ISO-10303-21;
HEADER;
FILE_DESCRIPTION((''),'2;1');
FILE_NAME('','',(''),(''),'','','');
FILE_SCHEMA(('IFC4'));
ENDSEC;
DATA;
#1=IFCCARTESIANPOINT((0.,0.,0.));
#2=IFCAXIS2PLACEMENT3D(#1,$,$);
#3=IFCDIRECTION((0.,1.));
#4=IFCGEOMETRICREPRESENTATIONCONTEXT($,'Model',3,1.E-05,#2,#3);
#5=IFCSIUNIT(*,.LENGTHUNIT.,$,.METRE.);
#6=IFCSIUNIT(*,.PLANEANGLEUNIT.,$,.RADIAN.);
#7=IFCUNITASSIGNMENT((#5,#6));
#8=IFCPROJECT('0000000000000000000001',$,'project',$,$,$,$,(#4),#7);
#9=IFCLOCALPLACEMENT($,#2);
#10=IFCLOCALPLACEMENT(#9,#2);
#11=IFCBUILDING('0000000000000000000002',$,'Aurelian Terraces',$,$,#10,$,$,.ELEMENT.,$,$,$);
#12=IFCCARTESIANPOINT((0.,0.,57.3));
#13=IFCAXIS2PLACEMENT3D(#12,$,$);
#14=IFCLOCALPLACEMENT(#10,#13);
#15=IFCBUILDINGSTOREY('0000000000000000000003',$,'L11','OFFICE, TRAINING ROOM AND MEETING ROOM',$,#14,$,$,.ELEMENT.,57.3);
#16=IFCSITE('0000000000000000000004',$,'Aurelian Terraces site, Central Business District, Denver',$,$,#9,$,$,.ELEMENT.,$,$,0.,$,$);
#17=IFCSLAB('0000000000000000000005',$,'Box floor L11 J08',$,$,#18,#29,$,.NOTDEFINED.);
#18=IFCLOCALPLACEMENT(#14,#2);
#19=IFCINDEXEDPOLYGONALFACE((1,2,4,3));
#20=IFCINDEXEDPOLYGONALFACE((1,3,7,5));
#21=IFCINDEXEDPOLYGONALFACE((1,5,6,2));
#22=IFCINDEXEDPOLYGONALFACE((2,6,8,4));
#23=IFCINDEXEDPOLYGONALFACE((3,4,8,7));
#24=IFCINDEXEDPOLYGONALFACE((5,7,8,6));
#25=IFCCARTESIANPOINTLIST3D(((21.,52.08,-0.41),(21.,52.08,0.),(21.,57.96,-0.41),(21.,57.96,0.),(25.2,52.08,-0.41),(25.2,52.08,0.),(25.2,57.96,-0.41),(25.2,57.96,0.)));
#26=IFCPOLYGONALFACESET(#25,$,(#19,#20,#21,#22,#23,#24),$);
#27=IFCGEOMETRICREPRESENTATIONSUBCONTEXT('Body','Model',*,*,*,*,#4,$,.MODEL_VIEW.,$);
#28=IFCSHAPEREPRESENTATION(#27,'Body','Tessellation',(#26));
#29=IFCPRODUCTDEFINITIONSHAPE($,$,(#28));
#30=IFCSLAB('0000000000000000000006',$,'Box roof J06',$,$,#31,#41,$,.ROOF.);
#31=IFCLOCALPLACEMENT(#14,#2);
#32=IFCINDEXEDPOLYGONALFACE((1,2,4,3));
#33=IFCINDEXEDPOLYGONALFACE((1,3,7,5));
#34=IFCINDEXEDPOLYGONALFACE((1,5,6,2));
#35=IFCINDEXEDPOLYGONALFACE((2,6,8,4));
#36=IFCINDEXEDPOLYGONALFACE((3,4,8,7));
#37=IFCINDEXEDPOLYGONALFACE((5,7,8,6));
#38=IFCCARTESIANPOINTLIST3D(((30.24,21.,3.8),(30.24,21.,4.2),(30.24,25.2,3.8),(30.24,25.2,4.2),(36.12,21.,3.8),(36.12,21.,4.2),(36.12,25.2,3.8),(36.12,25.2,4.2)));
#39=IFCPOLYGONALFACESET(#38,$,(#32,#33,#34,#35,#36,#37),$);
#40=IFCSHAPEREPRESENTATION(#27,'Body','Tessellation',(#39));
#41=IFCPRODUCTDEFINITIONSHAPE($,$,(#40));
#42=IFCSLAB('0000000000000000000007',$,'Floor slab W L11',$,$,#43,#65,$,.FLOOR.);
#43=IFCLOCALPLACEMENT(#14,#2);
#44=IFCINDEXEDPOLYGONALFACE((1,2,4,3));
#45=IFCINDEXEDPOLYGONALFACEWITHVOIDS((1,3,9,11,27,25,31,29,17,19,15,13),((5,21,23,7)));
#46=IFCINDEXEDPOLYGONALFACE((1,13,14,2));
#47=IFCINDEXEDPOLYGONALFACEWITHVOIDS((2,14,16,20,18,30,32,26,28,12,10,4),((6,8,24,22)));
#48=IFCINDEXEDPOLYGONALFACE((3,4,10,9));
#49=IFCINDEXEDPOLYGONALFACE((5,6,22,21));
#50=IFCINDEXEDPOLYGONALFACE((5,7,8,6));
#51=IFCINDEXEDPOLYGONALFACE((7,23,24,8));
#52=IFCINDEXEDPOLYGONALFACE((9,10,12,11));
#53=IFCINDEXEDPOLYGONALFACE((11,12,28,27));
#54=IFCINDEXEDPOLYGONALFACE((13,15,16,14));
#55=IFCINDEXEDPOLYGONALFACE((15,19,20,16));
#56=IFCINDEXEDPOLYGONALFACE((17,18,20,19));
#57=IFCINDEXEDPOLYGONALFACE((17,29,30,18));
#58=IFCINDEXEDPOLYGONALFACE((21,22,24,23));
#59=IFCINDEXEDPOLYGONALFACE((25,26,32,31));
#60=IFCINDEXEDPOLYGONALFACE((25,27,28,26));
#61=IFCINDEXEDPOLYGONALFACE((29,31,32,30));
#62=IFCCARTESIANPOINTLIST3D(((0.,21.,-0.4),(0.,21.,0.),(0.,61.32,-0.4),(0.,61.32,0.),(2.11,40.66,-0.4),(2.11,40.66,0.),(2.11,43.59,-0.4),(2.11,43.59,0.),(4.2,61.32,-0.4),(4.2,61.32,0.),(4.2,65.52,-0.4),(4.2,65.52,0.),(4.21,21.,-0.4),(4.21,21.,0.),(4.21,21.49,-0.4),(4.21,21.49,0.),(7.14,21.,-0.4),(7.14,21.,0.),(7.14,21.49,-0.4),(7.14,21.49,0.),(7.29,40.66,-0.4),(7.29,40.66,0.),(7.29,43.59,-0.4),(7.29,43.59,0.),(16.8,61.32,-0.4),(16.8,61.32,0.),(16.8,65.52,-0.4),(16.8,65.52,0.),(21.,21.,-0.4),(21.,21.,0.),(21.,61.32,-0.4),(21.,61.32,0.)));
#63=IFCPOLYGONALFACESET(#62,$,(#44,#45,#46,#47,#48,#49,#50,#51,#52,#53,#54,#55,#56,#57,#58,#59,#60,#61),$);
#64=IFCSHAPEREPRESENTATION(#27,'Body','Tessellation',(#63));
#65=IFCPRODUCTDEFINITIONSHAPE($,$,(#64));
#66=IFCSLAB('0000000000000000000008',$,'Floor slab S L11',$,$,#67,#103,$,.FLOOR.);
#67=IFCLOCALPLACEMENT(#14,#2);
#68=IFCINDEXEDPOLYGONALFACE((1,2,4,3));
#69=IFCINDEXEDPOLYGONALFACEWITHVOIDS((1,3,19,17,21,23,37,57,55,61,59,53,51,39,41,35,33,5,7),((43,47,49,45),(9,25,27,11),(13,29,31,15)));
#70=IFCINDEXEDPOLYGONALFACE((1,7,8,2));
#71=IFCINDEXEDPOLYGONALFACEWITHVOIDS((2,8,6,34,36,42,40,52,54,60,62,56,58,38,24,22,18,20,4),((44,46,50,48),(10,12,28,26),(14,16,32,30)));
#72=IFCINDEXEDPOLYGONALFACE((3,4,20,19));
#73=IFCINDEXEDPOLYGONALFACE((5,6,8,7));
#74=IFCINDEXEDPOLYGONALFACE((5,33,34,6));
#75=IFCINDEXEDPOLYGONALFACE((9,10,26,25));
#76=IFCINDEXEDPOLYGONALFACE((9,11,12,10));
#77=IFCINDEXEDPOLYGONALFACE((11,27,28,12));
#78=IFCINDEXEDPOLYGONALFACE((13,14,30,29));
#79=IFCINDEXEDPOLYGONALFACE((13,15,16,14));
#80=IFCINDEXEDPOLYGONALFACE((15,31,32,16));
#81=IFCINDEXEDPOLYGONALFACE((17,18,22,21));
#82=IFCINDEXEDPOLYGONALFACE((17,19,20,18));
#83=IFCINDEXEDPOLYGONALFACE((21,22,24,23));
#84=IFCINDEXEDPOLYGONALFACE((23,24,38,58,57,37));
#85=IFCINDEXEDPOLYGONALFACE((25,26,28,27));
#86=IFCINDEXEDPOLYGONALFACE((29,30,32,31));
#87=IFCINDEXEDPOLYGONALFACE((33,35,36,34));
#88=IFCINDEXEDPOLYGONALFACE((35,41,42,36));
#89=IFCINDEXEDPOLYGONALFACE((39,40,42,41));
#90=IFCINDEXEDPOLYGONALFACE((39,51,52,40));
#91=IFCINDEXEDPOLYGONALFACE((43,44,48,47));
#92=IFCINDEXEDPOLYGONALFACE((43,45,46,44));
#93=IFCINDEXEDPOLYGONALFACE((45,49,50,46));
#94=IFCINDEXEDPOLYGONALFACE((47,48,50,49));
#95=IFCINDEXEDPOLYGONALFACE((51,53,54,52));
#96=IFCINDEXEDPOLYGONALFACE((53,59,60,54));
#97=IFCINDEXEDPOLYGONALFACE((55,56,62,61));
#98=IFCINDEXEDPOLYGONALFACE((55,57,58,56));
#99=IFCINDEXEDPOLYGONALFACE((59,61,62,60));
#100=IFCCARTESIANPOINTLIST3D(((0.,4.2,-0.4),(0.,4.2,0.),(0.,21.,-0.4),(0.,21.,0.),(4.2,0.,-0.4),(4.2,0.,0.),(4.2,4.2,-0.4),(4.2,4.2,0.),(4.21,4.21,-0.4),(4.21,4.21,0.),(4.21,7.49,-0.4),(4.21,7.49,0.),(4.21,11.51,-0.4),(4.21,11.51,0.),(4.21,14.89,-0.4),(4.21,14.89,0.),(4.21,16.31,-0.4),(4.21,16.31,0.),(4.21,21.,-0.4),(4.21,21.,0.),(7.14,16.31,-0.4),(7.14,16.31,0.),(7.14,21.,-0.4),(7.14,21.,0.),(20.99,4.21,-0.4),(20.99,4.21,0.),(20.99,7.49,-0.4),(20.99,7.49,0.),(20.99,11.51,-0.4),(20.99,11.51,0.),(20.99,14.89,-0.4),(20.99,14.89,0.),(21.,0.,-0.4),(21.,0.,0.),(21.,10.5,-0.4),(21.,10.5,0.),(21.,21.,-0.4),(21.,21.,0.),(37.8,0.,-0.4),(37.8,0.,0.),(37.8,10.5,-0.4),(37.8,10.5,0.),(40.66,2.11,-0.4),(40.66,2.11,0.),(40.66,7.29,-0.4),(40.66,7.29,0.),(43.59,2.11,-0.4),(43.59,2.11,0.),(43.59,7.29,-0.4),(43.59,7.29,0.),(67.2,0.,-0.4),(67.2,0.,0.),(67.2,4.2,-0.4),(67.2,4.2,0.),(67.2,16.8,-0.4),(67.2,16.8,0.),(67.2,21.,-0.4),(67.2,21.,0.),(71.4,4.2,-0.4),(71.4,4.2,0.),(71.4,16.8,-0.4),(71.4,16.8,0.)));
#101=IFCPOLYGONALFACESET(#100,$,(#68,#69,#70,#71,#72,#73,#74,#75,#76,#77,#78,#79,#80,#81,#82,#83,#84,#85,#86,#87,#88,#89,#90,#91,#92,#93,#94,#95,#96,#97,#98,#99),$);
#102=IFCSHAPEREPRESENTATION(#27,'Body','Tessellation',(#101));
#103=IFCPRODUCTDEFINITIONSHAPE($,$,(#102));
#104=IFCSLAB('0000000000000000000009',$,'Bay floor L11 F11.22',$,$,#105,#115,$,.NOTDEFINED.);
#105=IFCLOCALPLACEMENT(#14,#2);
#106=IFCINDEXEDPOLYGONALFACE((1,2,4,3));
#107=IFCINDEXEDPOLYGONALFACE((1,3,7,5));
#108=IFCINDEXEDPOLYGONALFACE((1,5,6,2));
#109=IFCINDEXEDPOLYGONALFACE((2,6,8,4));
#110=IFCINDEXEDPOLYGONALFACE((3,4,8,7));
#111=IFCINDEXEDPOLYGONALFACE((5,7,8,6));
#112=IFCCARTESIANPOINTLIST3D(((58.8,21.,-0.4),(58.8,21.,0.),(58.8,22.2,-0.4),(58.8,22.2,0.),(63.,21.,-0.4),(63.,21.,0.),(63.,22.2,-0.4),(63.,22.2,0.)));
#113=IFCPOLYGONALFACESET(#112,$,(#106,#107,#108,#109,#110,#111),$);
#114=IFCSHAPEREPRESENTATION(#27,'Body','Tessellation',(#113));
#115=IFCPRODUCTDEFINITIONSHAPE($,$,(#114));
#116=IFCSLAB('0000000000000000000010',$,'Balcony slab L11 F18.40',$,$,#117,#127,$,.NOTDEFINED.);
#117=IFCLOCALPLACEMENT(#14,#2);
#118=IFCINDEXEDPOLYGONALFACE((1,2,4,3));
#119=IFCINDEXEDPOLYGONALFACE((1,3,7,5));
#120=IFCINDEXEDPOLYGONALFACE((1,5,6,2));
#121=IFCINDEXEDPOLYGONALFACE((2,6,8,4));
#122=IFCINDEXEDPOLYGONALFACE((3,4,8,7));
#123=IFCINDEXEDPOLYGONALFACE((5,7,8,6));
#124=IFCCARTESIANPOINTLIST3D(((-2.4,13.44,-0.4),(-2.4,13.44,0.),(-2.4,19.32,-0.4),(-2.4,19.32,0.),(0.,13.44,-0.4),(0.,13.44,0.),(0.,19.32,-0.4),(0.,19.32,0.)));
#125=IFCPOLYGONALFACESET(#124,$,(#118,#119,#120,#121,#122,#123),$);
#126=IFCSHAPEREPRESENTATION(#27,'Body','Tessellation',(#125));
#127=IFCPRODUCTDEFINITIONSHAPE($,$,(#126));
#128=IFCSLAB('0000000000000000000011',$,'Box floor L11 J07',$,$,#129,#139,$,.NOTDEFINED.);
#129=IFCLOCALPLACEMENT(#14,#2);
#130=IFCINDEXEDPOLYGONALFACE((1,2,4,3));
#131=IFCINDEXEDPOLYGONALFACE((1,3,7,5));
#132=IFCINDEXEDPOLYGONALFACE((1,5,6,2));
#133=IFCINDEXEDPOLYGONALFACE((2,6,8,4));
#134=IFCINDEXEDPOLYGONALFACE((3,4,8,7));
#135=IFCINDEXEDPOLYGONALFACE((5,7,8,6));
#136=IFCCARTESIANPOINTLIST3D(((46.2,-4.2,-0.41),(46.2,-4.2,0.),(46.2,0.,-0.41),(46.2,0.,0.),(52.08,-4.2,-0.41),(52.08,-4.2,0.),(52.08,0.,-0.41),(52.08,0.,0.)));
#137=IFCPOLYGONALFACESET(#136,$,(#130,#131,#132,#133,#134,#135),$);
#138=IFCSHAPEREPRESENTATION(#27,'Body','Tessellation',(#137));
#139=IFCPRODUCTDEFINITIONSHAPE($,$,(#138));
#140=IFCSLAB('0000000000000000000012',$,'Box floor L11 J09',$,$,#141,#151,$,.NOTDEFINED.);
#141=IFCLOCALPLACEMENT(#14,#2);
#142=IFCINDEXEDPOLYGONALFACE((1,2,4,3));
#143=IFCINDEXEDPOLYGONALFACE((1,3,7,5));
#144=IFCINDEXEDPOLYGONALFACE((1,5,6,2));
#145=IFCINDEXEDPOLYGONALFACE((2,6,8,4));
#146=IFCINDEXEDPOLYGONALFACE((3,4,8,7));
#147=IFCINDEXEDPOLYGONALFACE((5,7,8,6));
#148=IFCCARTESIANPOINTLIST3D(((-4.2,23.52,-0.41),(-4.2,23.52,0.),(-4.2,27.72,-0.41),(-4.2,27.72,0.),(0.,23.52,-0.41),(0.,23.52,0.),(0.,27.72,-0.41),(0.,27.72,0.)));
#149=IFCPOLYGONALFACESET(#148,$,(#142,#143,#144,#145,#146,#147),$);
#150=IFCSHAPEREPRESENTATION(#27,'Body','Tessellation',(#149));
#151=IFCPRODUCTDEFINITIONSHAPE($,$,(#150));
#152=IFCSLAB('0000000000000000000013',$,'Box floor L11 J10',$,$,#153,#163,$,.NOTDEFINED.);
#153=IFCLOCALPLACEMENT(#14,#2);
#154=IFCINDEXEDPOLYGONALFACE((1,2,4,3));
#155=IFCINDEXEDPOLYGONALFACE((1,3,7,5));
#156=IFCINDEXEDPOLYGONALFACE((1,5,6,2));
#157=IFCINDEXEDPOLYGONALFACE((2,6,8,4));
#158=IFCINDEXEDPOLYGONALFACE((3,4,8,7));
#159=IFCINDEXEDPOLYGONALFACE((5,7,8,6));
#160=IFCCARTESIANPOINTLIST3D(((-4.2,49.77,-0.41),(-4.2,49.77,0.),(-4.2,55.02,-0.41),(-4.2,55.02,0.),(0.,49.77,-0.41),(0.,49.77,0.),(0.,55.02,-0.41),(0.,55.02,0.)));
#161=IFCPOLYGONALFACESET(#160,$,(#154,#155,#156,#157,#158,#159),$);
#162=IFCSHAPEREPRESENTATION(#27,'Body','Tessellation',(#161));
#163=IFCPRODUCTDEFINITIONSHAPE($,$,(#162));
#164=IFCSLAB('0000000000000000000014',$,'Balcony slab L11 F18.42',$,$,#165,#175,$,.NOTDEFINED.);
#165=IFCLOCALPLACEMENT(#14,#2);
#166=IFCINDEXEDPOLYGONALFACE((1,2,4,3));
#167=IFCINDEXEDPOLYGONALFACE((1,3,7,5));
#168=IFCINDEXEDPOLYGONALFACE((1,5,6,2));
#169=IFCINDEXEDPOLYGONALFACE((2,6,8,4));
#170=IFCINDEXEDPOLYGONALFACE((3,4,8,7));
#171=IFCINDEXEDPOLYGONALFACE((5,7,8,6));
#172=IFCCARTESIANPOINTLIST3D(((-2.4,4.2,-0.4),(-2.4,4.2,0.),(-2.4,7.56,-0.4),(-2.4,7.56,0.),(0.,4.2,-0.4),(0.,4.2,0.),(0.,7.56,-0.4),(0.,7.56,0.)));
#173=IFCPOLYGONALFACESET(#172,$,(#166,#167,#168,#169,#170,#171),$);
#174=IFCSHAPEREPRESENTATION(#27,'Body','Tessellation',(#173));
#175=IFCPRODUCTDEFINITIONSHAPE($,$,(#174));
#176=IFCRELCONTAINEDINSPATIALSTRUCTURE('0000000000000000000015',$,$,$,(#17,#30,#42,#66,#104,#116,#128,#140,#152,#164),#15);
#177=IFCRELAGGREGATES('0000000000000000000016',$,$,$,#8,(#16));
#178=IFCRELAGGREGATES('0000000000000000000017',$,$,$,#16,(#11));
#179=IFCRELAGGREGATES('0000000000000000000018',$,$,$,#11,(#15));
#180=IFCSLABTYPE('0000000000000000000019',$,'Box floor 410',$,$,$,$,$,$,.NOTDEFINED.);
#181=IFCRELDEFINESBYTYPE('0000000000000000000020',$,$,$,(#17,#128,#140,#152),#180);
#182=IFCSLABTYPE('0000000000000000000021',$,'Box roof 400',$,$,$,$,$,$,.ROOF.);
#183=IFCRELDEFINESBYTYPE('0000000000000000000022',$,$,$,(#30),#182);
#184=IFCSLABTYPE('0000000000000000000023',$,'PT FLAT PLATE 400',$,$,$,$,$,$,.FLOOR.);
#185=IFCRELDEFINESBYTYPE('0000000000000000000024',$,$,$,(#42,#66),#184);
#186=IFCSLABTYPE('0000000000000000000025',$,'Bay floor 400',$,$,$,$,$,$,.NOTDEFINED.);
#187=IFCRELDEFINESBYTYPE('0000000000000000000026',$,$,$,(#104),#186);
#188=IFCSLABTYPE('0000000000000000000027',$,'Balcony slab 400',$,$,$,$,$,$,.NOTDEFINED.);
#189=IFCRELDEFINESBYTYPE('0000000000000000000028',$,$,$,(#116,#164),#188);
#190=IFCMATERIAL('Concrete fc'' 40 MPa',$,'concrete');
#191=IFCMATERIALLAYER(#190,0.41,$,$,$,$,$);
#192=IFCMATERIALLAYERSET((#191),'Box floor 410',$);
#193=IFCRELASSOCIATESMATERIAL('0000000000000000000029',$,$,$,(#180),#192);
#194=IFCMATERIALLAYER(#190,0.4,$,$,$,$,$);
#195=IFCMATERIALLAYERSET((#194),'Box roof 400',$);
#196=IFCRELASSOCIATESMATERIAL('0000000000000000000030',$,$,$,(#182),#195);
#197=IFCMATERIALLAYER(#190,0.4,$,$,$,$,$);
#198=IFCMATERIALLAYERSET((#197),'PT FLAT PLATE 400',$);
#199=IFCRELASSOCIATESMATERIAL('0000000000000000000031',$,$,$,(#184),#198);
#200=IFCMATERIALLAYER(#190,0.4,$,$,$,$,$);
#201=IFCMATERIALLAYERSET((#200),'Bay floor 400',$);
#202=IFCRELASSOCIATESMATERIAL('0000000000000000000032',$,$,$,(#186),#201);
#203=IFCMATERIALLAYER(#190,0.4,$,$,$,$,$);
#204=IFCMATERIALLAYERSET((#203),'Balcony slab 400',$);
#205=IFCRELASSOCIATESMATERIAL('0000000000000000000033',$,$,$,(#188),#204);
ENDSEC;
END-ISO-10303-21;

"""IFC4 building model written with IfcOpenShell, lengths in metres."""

from ifc_helpers import new_model, si_unit, direction, frame, origin, place, context, subcontext, project, spatial, polyline, outline, extrude, source, transform, mapped, material, layer, layer_set, type_object, element, save


model = new_model("IFC4")

# Units and contexts
model_context = context("Model", 3, precision=1e-05, world=origin(), true_north=direction((0.0, 1.0)))
body_context = subcontext(model_context, "Body", "Model", "MODEL_VIEW")
ifc_project = project(units=[si_unit("LENGTHUNIT", "METRE"), si_unit("PLANEANGLEUNIT", "RADIAN")], contexts=[model_context])

# Site, building, storey
site_placement = place(None, origin())
site = spatial("IfcSite", under=ifc_project, at=site_placement, Name="Aurelian Terraces site, Central Business District, Denver", CompositionType="ELEMENT", RefElevation=0.0)
building_placement = place(site_placement, origin())
building = spatial("IfcBuilding", under=site, at=building_placement, Name="Aurelian Terraces", CompositionType="ELEMENT")
storey_placement = place(building_placement, frame((0.0, 0.0, 57.3)))
storey = spatial("IfcBuildingStorey", under=building, at=storey_placement, Name="L11", Description="OFFICE, TRAINING ROOM AND MEETING ROOM", CompositionType="ELEMENT", Elevation=57.3)

# Slabs
ifc_material_1 = material(Name="Concrete fc' 40 MPa", Category="concrete")
ifc_layer_1 = layer(ifc_material_1, 0.41)
ifc_layer_set_1 = layer_set([ifc_layer_1], Name="Box floor 410")
slab_type_1 = type_object("IfcSlabType", Name="Box floor 410", PredefinedType="NOTDEFINED", material=ifc_layer_set_1)
slab_1_placement = place(storey_placement, frame((0.0, 0.0, -0.41)))
element("IfcSlab", 1, at=slab_1_placement, inside=storey, type_object=slab_type_1, Name="Box floor L11 J08", PredefinedType="NOTDEFINED", context=body_context, shape_type="SweptSolid", body=[
    extrude(outline(polyline([(25.2, 52.08), (25.2, 57.96), (21.0, 57.96), (21.0, 52.08), (25.2, 52.08)])), origin(), (0.0, 0.0, 1.0), 0.41),
])
ifc_layer_2 = layer(ifc_material_1, 0.4)
ifc_layer_set_2 = layer_set([ifc_layer_2], Name="Box roof 400")
slab_type_2 = type_object("IfcSlabType", Name="Box roof 400", PredefinedType="ROOF", material=ifc_layer_set_2)
slab_2_placement = place(storey_placement, frame((0.0, 0.0, 3.8)))
element("IfcSlab", 2, at=slab_2_placement, inside=storey, type_object=slab_type_2, Name="Box roof J06", PredefinedType="ROOF", context=body_context, shape_type="SweptSolid", body=[
    extrude(outline(polyline([(36.12, 25.2), (30.24, 25.2), (30.24, 21.0), (36.12, 21.0), (36.12, 25.2)])), origin(), (0.0, 0.0, 1.0), 0.4),
])
ifc_layer_3 = layer(ifc_material_1, 0.4)
ifc_layer_set_3 = layer_set([ifc_layer_3], Name="PT FLAT PLATE 400")
slab_type_3 = type_object("IfcSlabType", Name="PT FLAT PLATE 400", PredefinedType="FLOOR", material=ifc_layer_set_3)
shared_shape_1 = source(origin(), body_context, "Body", "SweptSolid", [
    extrude(outline(polyline([(7.14, 21.0), (7.14, 21.49), (4.21, 21.49), (4.21, 21.0), (0.0, 21.0), (0.0, 61.32), (4.2, 61.32), (4.2, 65.52), (16.8, 65.52), (16.8, 61.32), (21.0, 61.32), (21.0, 21.0), (7.14, 21.0)]), holes=[polyline([(7.29, 43.59), (2.11, 43.59), (2.11, 40.66), (7.29, 40.66), (7.29, 43.59)])]), origin(), (0.0, 0.0, 1.0), 0.4),
])
slab_3_placement = place(storey_placement, frame((0.0, 0.0, -0.4)))
element("IfcSlab", 3, at=slab_3_placement, inside=storey, type_object=slab_type_3, Name="Floor slab W L11", PredefinedType="FLOOR", context=body_context, shape_type="MappedRepresentation", body=[
    mapped(shared_shape_1, transform((0.0, 0.0, 0.0), scale=1.0)),
])
shared_shape_2 = source(origin(), body_context, "Body", "SweptSolid", [
    extrude(outline(polyline([(71.4, 16.8), (71.4, 4.2), (67.2, 4.2), (67.2, 0.0), (37.8, 0.0), (37.8, 10.5), (21.0, 10.5), (21.0, 0.0), (4.2, 0.0), (4.2, 4.2), (0.0, 4.2), (0.0, 21.0), (4.21, 21.0), (4.21, 16.31), (7.14, 16.31), (7.14, 21.0), (21.0, 21.0), (67.2, 21.0), (67.2, 16.8), (71.4, 16.8)]), holes=[polyline([(40.66, 2.11), (43.59, 2.11), (43.59, 7.29), (40.66, 7.29), (40.66, 2.11)]), polyline([(4.21, 7.49), (4.21, 4.21), (20.99, 4.21), (20.99, 7.49), (4.21, 7.49)]), polyline([(4.21, 14.89), (4.21, 11.51), (20.99, 11.51), (20.99, 14.89), (4.21, 14.89)])]), origin(), (0.0, 0.0, 1.0), 0.4),
])
slab_4_placement = place(storey_placement, frame((0.0, 0.0, -0.4)))
element("IfcSlab", 4, at=slab_4_placement, inside=storey, type_object=slab_type_3, Name="Floor slab S L11", PredefinedType="FLOOR", context=body_context, shape_type="MappedRepresentation", body=[
    mapped(shared_shape_2, transform((0.0, 0.0, 0.0), scale=1.0)),
])
ifc_layer_4 = layer(ifc_material_1, 0.4)
ifc_layer_set_4 = layer_set([ifc_layer_4], Name="Bay floor 400")
slab_type_4 = type_object("IfcSlabType", Name="Bay floor 400", PredefinedType="NOTDEFINED", material=ifc_layer_set_4)
shared_shape_3 = source(origin(), body_context, "Body", "SweptSolid", [
    extrude(outline(polyline([(63.0, 21.0), (58.8, 21.0), (58.8, 22.2), (63.0, 22.2), (63.0, 21.0)])), origin(), (0.0, 0.0, 1.0), 0.4),
])
slab_5_placement = place(storey_placement, frame((0.0, 0.0, -0.4)))
element("IfcSlab", 5, at=slab_5_placement, inside=storey, type_object=slab_type_4, Name="Bay floor L11 F11.22", PredefinedType="NOTDEFINED", context=body_context, shape_type="MappedRepresentation", body=[
    mapped(shared_shape_3, transform((0.0, 0.0, 0.0), scale=1.0)),
])
ifc_layer_5 = layer(ifc_material_1, 0.4)
ifc_layer_set_5 = layer_set([ifc_layer_5], Name="Balcony slab 400")
slab_type_5 = type_object("IfcSlabType", Name="Balcony slab 400", PredefinedType="NOTDEFINED", material=ifc_layer_set_5)
shared_shape_4 = source(origin(), body_context, "Body", "SweptSolid", [
    extrude(outline(polyline([(0.0, 19.32), (0.0, 13.44), (-2.4, 13.44), (-2.4, 19.32), (0.0, 19.32)])), origin(), (0.0, 0.0, 1.0), 0.4),
])
slab_6_placement = place(storey_placement, frame((0.0, 0.0, -0.4)))
element("IfcSlab", 6, at=slab_6_placement, inside=storey, type_object=slab_type_5, Name="Balcony slab L11 F18.40", PredefinedType="NOTDEFINED", context=body_context, shape_type="MappedRepresentation", body=[
    mapped(shared_shape_4, transform((0.0, 0.0, 0.0), scale=1.0)),
])
shared_shape_5 = source(origin(), body_context, "Body", "SweptSolid", [
    extrude(outline(polyline([(46.2, -4.2), (52.08, -4.2), (52.08, 0.0), (46.2, 0.0), (46.2, -4.2)])), origin(), (0.0, 0.0, 1.0), 0.41),
])
slab_7_placement = place(storey_placement, frame((0.0, 0.0, -0.41)))
element("IfcSlab", 7, at=slab_7_placement, inside=storey, type_object=slab_type_1, Name="Box floor L11 J07", PredefinedType="NOTDEFINED", context=body_context, shape_type="MappedRepresentation", body=[
    mapped(shared_shape_5, transform((0.0, 0.0, 0.0), scale=1.0)),
])
shared_shape_6 = source(origin(), body_context, "Body", "SweptSolid", [
    extrude(outline(polyline([(-4.2, 27.72), (-4.2, 23.52), (0.0, 23.52), (0.0, 27.72), (-4.2, 27.72)])), origin(), (0.0, 0.0, 1.0), 0.41),
])
slab_8_placement = place(storey_placement, frame((0.0, 0.0, -0.41)))
element("IfcSlab", 8, at=slab_8_placement, inside=storey, type_object=slab_type_1, Name="Box floor L11 J09", PredefinedType="NOTDEFINED", context=body_context, shape_type="MappedRepresentation", body=[
    mapped(shared_shape_6, transform((0.0, 0.0, 0.0), scale=1.0)),
])
shared_shape_7 = source(origin(), body_context, "Body", "SweptSolid", [
    extrude(outline(polyline([(-4.2, 55.02), (-4.2, 49.77), (0.0, 49.77), (0.0, 55.02), (-4.2, 55.02)])), origin(), (0.0, 0.0, 1.0), 0.41),
])
slab_9_placement = place(storey_placement, frame((0.0, 0.0, -0.41)))
element("IfcSlab", 9, at=slab_9_placement, inside=storey, type_object=slab_type_1, Name="Box floor L11 J10", PredefinedType="NOTDEFINED", context=body_context, shape_type="MappedRepresentation", body=[
    mapped(shared_shape_7, transform((0.0, 0.0, 0.0), scale=1.0)),
])
shared_shape_8 = source(origin(), body_context, "Body", "SweptSolid", [
    extrude(outline(polyline([(0.0, 7.56), (0.0, 4.2), (-2.4, 4.2), (-2.4, 7.56), (0.0, 7.56)])), origin(), (0.0, 0.0, 1.0), 0.4),
])
slab_10_placement = place(storey_placement, frame((0.0, 0.0, -0.4)))
element("IfcSlab", 10, at=slab_10_placement, inside=storey, type_object=slab_type_5, Name="Balcony slab L11 F18.42", PredefinedType="NOTDEFINED", context=body_context, shape_type="MappedRepresentation", body=[
    mapped(shared_shape_8, transform((0.0, 0.0, 0.0), scale=1.0)),
])

save(model, "model.ifc")
